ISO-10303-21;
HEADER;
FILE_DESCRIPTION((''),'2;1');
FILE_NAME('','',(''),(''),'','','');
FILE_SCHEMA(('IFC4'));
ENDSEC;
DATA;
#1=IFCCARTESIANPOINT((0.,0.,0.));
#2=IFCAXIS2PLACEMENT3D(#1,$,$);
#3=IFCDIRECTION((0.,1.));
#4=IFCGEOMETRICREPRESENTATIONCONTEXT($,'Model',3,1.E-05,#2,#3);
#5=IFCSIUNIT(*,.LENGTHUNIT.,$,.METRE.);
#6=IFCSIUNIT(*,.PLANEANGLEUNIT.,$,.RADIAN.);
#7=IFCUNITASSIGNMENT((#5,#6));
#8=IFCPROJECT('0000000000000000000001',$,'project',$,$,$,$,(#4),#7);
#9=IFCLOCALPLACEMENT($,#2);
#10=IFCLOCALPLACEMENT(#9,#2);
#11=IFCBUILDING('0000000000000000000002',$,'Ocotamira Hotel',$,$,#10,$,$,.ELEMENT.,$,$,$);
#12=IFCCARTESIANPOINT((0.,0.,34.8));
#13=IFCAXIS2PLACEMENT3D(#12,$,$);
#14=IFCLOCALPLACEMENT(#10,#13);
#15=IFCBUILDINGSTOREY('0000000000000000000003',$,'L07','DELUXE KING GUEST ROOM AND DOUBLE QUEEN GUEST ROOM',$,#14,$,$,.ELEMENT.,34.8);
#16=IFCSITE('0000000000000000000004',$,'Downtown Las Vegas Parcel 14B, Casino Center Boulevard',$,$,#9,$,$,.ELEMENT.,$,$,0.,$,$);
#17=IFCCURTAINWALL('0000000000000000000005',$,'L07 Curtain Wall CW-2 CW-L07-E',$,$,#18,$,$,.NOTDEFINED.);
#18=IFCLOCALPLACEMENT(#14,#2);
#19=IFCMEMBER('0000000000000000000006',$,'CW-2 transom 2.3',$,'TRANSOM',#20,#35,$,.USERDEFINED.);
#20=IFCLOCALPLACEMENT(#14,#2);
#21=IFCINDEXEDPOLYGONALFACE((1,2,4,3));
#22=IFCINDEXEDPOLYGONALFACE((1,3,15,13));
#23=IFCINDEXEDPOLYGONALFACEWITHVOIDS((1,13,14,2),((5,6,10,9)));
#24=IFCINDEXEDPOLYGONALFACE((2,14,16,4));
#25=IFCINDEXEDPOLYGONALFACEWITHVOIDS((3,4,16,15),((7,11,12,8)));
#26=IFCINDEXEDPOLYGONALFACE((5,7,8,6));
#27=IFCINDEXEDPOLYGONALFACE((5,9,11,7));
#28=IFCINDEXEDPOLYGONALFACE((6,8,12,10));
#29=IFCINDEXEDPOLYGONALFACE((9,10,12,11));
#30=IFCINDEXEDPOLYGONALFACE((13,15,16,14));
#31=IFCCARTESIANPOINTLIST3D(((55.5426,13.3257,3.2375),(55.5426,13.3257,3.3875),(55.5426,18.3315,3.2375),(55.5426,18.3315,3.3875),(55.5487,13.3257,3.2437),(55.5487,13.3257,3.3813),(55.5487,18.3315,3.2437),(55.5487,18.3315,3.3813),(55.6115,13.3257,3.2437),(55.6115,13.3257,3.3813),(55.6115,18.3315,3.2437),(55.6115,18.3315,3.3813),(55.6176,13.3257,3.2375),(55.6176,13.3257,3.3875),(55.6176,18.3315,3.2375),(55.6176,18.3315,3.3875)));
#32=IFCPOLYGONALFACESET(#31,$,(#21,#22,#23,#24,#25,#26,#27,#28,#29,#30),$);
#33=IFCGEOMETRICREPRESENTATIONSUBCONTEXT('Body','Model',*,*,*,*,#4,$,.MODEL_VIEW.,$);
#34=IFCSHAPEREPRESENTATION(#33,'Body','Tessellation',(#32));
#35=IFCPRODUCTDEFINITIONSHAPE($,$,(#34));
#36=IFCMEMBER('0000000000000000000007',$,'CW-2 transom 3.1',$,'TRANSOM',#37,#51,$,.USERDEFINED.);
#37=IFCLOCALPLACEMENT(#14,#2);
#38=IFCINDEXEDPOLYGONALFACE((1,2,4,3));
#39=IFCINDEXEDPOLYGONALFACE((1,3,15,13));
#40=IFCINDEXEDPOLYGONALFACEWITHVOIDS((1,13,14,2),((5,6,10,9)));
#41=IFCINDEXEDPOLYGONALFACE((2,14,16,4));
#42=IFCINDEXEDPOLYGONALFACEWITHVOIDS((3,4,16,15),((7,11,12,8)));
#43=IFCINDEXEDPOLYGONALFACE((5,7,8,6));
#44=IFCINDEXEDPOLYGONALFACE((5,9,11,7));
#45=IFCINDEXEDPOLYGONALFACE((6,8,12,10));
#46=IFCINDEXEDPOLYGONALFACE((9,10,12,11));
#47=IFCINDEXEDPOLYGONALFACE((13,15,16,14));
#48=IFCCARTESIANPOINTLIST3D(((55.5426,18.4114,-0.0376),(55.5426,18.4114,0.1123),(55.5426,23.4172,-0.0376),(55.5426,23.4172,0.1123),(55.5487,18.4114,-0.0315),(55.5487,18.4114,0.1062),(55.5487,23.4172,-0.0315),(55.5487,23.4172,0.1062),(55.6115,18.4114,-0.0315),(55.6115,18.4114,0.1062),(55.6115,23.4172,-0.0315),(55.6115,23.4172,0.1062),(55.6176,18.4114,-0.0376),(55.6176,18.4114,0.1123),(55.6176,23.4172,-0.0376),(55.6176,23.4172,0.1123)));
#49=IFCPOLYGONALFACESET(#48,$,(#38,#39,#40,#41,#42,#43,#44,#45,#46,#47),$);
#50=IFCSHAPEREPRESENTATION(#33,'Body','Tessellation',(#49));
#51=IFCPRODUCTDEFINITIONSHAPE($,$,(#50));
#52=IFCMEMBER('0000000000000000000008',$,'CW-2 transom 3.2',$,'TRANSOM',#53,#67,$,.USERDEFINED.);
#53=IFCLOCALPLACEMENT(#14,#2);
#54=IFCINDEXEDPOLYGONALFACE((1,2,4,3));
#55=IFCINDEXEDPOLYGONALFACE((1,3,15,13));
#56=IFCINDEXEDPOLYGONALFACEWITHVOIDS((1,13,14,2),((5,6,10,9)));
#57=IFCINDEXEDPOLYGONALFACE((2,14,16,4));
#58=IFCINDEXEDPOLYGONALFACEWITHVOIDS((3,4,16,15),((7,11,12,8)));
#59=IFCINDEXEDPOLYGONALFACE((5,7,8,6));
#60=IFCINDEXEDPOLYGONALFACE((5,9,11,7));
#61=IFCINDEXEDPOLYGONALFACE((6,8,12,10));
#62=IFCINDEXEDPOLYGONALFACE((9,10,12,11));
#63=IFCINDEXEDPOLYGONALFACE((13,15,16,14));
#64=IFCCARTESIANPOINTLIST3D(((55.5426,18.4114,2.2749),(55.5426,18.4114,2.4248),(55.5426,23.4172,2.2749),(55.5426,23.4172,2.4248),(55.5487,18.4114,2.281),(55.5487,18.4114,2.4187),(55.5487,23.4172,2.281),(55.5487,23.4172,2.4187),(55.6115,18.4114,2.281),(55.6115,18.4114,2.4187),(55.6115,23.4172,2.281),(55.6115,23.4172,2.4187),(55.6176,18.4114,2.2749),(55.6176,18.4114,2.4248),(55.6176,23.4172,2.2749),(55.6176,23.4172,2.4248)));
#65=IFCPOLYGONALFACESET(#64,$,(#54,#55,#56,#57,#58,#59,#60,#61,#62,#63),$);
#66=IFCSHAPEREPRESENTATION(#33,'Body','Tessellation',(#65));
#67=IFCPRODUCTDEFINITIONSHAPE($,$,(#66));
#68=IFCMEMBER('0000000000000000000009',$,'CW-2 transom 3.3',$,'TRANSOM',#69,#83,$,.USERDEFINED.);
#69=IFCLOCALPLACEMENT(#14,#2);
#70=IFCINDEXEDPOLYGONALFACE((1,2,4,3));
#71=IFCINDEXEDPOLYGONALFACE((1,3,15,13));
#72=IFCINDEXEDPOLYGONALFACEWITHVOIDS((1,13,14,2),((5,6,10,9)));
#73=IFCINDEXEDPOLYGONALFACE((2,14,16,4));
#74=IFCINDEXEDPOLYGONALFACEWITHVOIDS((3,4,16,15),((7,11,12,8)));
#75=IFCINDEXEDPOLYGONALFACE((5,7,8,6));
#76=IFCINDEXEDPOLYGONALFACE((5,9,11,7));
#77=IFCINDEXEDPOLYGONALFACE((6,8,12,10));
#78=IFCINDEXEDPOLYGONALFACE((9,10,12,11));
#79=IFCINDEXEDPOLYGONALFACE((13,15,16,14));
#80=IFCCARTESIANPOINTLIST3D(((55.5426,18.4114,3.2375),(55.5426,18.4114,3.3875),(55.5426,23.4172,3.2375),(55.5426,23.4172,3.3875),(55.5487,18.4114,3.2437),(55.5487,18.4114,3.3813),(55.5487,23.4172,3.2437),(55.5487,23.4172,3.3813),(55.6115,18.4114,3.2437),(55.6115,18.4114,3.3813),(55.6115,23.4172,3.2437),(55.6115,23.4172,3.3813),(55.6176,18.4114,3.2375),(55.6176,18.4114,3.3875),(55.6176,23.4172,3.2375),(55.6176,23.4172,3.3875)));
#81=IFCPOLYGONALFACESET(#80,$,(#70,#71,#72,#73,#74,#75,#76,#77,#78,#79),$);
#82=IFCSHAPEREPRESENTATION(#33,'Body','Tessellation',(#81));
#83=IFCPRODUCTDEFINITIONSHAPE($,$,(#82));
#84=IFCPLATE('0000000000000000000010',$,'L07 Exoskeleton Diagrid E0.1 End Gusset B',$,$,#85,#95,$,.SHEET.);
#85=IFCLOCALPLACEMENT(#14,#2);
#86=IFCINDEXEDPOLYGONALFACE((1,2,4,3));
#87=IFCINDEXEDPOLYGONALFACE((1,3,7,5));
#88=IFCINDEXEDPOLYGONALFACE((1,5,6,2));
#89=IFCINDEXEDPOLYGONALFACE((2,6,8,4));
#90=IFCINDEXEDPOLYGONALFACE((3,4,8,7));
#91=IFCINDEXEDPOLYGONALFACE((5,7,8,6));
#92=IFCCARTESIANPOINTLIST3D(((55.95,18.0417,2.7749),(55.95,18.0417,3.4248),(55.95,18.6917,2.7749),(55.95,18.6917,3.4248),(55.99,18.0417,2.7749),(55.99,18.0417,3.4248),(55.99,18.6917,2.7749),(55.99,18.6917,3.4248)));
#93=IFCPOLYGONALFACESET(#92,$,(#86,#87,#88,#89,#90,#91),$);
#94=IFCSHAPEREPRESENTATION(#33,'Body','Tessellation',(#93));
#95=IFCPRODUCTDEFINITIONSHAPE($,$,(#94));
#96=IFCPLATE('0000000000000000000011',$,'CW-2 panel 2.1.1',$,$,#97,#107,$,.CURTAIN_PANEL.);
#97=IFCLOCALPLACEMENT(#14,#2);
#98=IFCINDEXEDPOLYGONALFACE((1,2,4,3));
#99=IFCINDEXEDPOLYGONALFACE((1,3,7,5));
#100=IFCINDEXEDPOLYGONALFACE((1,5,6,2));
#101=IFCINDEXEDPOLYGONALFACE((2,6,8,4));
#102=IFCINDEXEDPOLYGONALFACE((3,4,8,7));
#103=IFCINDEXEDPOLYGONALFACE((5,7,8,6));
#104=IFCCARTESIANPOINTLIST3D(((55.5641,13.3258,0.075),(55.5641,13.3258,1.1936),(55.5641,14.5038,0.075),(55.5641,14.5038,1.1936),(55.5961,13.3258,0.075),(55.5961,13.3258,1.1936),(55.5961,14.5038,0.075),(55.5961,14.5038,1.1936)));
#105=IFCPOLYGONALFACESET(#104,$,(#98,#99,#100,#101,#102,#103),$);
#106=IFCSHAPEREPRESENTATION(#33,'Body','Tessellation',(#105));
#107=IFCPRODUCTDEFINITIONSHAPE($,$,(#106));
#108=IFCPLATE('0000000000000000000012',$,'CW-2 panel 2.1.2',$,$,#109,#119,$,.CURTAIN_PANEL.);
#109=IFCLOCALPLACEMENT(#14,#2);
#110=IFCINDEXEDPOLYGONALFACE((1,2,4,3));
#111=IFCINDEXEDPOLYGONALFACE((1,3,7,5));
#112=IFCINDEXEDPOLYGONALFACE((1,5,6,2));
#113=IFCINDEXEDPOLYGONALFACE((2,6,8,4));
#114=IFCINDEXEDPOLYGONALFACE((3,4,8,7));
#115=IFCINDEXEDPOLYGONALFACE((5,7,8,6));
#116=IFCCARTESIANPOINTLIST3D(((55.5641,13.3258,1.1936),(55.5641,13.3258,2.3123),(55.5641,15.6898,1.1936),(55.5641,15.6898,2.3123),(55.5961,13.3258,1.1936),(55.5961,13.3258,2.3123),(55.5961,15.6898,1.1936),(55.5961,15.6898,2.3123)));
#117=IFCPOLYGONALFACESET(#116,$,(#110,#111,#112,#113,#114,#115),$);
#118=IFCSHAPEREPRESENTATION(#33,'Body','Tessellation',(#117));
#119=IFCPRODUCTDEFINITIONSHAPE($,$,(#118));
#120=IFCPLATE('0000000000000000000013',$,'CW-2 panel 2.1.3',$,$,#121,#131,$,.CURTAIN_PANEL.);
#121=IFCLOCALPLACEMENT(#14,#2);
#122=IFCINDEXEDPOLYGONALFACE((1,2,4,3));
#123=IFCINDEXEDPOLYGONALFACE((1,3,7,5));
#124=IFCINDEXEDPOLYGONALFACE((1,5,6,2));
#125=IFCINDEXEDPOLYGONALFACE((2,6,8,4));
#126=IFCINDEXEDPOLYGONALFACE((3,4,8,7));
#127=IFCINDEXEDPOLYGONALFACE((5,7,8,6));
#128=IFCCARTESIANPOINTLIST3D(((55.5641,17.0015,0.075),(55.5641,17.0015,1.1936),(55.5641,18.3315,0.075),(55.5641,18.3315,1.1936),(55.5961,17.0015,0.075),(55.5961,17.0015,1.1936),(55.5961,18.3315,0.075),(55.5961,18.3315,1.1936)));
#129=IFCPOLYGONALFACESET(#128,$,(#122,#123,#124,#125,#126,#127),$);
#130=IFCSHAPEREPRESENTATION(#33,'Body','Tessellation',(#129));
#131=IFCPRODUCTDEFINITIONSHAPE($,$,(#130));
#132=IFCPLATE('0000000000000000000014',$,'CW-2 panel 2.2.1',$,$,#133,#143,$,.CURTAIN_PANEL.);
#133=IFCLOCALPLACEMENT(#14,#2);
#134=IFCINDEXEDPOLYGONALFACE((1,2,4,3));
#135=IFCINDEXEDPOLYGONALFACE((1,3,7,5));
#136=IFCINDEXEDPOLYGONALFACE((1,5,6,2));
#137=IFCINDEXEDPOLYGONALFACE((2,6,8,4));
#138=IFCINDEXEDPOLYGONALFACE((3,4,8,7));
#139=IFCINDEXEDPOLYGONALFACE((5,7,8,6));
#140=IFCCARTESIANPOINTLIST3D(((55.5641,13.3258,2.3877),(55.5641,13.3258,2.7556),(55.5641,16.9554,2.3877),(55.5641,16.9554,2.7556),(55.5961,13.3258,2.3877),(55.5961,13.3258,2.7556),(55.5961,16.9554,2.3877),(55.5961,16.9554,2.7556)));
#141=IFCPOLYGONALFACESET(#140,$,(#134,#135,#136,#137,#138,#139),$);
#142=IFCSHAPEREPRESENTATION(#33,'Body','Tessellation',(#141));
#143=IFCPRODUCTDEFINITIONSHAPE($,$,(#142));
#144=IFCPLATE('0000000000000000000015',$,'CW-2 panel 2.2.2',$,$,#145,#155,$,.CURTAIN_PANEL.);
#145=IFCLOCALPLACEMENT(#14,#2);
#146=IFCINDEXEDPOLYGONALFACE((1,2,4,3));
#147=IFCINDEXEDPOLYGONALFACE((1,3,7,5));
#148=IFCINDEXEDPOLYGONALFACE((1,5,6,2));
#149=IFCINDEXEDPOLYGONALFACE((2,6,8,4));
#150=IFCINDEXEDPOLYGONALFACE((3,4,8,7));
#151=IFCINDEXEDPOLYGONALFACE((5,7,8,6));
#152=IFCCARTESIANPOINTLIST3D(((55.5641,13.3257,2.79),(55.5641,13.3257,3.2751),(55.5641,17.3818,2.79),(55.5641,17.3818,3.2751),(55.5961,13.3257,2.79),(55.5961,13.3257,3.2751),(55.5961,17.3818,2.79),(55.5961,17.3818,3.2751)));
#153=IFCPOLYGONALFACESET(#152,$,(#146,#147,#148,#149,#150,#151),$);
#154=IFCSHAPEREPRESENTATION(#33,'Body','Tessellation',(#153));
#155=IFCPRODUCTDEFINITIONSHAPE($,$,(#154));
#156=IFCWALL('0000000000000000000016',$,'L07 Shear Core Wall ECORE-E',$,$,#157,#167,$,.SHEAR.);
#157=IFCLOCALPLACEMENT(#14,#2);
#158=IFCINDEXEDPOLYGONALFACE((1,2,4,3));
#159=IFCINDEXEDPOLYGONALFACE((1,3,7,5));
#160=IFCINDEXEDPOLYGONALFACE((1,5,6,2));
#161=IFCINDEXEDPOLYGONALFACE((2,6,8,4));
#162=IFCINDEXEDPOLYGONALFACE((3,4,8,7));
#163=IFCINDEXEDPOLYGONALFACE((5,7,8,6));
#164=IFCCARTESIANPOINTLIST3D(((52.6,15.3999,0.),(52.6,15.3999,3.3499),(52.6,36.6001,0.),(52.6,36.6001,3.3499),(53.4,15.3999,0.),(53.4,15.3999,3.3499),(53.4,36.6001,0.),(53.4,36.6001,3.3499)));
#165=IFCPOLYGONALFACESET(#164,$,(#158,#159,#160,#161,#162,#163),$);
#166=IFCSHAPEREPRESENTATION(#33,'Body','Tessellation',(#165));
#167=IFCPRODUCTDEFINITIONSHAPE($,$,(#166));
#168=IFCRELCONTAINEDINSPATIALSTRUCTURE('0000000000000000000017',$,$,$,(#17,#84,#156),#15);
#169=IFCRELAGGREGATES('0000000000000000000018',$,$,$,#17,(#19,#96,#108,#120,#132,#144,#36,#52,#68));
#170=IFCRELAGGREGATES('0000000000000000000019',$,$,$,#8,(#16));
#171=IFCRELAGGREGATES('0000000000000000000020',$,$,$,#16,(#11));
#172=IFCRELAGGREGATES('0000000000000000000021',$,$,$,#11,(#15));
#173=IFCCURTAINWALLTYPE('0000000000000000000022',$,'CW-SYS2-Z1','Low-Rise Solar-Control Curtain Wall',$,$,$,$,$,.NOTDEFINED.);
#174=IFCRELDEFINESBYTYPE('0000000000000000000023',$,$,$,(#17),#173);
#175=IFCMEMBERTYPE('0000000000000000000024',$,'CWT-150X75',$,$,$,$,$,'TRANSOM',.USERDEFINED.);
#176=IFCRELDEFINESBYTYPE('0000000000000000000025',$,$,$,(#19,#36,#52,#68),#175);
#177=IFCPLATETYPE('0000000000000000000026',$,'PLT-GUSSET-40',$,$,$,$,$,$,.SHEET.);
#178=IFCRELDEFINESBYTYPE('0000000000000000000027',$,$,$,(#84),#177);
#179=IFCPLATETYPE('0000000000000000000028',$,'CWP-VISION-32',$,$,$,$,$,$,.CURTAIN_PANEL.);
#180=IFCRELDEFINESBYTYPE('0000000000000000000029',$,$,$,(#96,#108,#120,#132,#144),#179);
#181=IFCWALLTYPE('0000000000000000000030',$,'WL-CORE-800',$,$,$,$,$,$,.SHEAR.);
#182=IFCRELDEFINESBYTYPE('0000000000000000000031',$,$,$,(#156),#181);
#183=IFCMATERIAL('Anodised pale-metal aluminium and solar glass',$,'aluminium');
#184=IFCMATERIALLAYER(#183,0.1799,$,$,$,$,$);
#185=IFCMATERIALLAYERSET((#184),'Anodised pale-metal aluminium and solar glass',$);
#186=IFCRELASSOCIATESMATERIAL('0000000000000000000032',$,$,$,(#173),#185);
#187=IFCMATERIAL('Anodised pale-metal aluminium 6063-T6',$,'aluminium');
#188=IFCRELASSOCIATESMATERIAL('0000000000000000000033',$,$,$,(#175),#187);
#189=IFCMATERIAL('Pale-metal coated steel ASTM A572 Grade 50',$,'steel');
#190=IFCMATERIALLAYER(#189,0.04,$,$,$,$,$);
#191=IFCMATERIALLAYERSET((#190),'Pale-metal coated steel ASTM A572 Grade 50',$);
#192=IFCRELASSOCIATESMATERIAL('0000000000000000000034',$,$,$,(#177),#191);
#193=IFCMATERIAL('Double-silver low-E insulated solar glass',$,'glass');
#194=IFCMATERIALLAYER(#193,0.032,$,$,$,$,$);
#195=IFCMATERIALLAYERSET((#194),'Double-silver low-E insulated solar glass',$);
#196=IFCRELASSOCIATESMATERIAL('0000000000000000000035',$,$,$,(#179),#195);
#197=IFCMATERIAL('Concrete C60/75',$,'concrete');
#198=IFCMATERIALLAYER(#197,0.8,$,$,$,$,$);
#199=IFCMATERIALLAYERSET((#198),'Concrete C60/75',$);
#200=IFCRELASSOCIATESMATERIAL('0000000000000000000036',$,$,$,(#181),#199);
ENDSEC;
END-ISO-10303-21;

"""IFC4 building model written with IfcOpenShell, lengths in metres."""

from ifc_helpers import new_model, si_unit, direction, frame, frame_2d, origin, origin_2d, place, context, subcontext, project, spatial, rectangle, hollow_rectangle, extrude, source, transform, mapped, material, layer, layer_set, material_profile, profile_set, type_object, element, aggregate, save


model = new_model("IFC4")

# Units and contexts
model_context = context("Model", 3, precision=1e-05, world=origin(), true_north=direction((0.0, 1.0)))
body_context = subcontext(model_context, "Body", "Model", "MODEL_VIEW")
ifc_project = project(units=[si_unit("LENGTHUNIT", "METRE"), si_unit("PLANEANGLEUNIT", "RADIAN")], contexts=[model_context])

# Site, building, storey
site_placement = place(None, origin())
site = spatial("IfcSite", under=ifc_project, at=site_placement, Name="Downtown Las Vegas Parcel 14B, Casino Center Boulevard", CompositionType="ELEMENT", RefElevation=0.0)
building_placement = place(site_placement, origin())
building = spatial("IfcBuilding", under=site, at=building_placement, Name="Ocotamira Hotel", CompositionType="ELEMENT")
storey_placement = place(building_placement, frame((0.0, 0.0, 34.8)))
storey = spatial("IfcBuildingStorey", under=building, at=storey_placement, Name="L07", Description="DELUXE KING GUEST ROOM AND DOUBLE QUEEN GUEST ROOM", CompositionType="ELEMENT", Elevation=34.8)

# Curtain wall, members
ifc_material_1 = material(Name="Anodised pale-metal aluminium and solar glass", Category="aluminium")
ifc_layer_1 = layer(ifc_material_1, 0.1799)
ifc_layer_set_1 = layer_set([ifc_layer_1], Name="Anodised pale-metal aluminium and solar glass")
curtain_wall_type = type_object("IfcCurtainWallType", Name="CW-SYS2-Z1", Description="Low-Rise Solar-Control Curtain Wall", PredefinedType="NOTDEFINED", material=ifc_layer_set_1)
curtain_wall_placement = place(storey_placement, origin())
curtain_wall = element("IfcCurtainWall", 1, at=curtain_wall_placement, inside=storey, type_object=curtain_wall_type, Name="L07 Curtain Wall CW-2 CW-L07-E", PredefinedType="NOTDEFINED")
ifc_material_2 = material(Name="Anodised pale-metal aluminium 6063-T6", Category="aluminium")
ifc_material_profile_1 = material_profile(ifc_material_2, hollow_rectangle(XDim=0.075, YDim=0.1499, WallThickness=0.0061, at=origin_2d()), Name="HSS150X75X6")
ifc_profile_set_1 = profile_set([ifc_material_profile_1], Name="Anodised pale-metal aluminium 6063-T6")
member_type_1 = type_object("IfcMemberType", Name="CWT-150X75", ElementType="TRANSOM", PredefinedType="USERDEFINED", material=ifc_profile_set_1)
shared_shape_1 = source(origin(), body_context, "Body", "SweptSolid", [
    extrude(hollow_rectangle(XDim=0.075, YDim=0.1499, WallThickness=0.0061, at=origin_2d()), origin(), (0.0, 0.0, 1.0), 5.0059),
])
member_1_placement = place(storey_placement, frame((55.5801, 13.3257, 3.3125), z_axis=(0.0, 1.0, 0.0), x_axis=(-1.0, 0.0, 0.0)))
member_1 = element("IfcMember", 2, at=member_1_placement, type_object=member_type_1, Name="CW-2 transom 2.3", ObjectType="TRANSOM", PredefinedType="USERDEFINED", context=body_context, shape_type="MappedRepresentation", body=[
    mapped(shared_shape_1, transform((0.0, 0.0, 0.0), scale=1.0)),
])
member_2_placement = place(storey_placement, frame((55.5801, 18.4114, 0.0374), z_axis=(0.0, 1.0, 0.0), x_axis=(-1.0, 0.0, 0.0)))
member_2 = element("IfcMember", 3, at=member_2_placement, type_object=member_type_1, Name="CW-2 transom 3.1", ObjectType="TRANSOM", PredefinedType="USERDEFINED", context=body_context, shape_type="MappedRepresentation", body=[
    mapped(shared_shape_1, transform((0.0, 0.0, 0.0), scale=1.0)),
])
member_3_placement = place(storey_placement, frame((55.5801, 18.4114, 2.3499), z_axis=(0.0, 1.0, 0.0), x_axis=(-1.0, 0.0, 0.0)))
member_3 = element("IfcMember", 4, at=member_3_placement, type_object=member_type_1, Name="CW-2 transom 3.2", ObjectType="TRANSOM", PredefinedType="USERDEFINED", context=body_context, shape_type="MappedRepresentation", body=[
    mapped(shared_shape_1, transform((0.0, 0.0, 0.0), scale=1.0)),
])
member_4_placement = place(storey_placement, frame((55.5801, 18.4114, 3.3125), z_axis=(0.0, 1.0, 0.0), x_axis=(-1.0, 0.0, 0.0)))
member_4 = element("IfcMember", 5, at=member_4_placement, type_object=member_type_1, Name="CW-2 transom 3.3", ObjectType="TRANSOM", PredefinedType="USERDEFINED", context=body_context, shape_type="MappedRepresentation", body=[
    mapped(shared_shape_1, transform((0.0, 0.0, 0.0), scale=1.0)),
])

# Plates
ifc_material_3 = material(Name="Pale-metal coated steel ASTM A572 Grade 50", Category="steel")
ifc_layer_2 = layer(ifc_material_3, 0.04)
ifc_layer_set_2 = layer_set([ifc_layer_2], Name="Pale-metal coated steel ASTM A572 Grade 50")
plate_type_1 = type_object("IfcPlateType", Name="PLT-GUSSET-40", PredefinedType="SHEET", material=ifc_layer_set_2)
shared_shape_2 = source(origin(), body_context, "Body", "SweptSolid", [
    extrude(rectangle(XDim=0.04, YDim=0.6499, at=origin_2d()), origin(), (0.0, 0.0, 1.0), 0.6499),
])
plate_1_placement = place(storey_placement, frame((55.97, 18.3667, 2.7749), z_axis=(0.0, 0.0, 1.0), x_axis=(1.0, 0.0, 0.0)))
element("IfcPlate", 6, at=plate_1_placement, inside=storey, type_object=plate_type_1, Name="L07 Exoskeleton Diagrid E0.1 End Gusset B", PredefinedType="SHEET", context=body_context, shape_type="MappedRepresentation", body=[
    mapped(shared_shape_2, transform((0.0, 0.0, 0.0), scale=1.0)),
])
ifc_material_4 = material(Name="Double-silver low-E insulated solar glass", Category="glass")
ifc_layer_3 = layer(ifc_material_4, 0.032)
ifc_layer_set_3 = layer_set([ifc_layer_3], Name="Double-silver low-E insulated solar glass")
plate_type_2 = type_object("IfcPlateType", Name="CWP-VISION-32", PredefinedType="CURTAIN_PANEL", material=ifc_layer_set_3)
shared_shape_3 = source(origin(), body_context, "Body", "SweptSolid", [
    extrude(rectangle(XDim=1.178, YDim=0.032, at=origin_2d()), origin(), (0.0, 0.0, 1.0), 1.1187),
])
plate_2_placement = place(storey_placement, frame((55.5801, 13.9148, 0.075), z_axis=(0.0, 0.0, 1.0), x_axis=(0.0, 1.0, 0.0)))
plate_2 = element("IfcPlate", 7, at=plate_2_placement, type_object=plate_type_2, Name="CW-2 panel 2.1.1", PredefinedType="CURTAIN_PANEL", context=body_context, shape_type="MappedRepresentation", body=[
    mapped(shared_shape_3, transform((0.0, 0.0, 0.0), scale=1.0)),
])
shared_shape_4 = source(origin(), body_context, "Body", "SweptSolid", [
    extrude(rectangle(XDim=2.364, YDim=0.032, at=origin_2d()), origin(), (0.0, 0.0, 1.0), 1.1187),
])
plate_3_placement = place(storey_placement, frame((55.5801, 14.5078, 1.1936), z_axis=(0.0, 0.0, 1.0), x_axis=(0.0, 1.0, 0.0)))
plate_3 = element("IfcPlate", 8, at=plate_3_placement, type_object=plate_type_2, Name="CW-2 panel 2.1.2", PredefinedType="CURTAIN_PANEL", context=body_context, shape_type="MappedRepresentation", body=[
    mapped(shared_shape_4, transform((0.0, 0.0, 0.0), scale=1.0)),
])
shared_shape_5 = source(origin(), body_context, "Body", "SweptSolid", [
    extrude(rectangle(XDim=1.3301, YDim=0.032, at=origin_2d()), origin(), (0.0, 0.0, 1.0), 1.1187),
])
plate_4_placement = place(storey_placement, frame((55.5801, 17.6665, 0.075), z_axis=(0.0, 0.0, 1.0), x_axis=(0.0, 1.0, 0.0)))
plate_4 = element("IfcPlate", 9, at=plate_4_placement, type_object=plate_type_2, Name="CW-2 panel 2.1.3", PredefinedType="CURTAIN_PANEL", context=body_context, shape_type="MappedRepresentation", body=[
    mapped(shared_shape_5, transform((0.0, 0.0, 0.0), scale=1.0)),
])
shared_shape_6 = source(origin(), body_context, "Body", "SweptSolid", [
    extrude(rectangle(XDim=3.6296, YDim=0.032, at=origin_2d()), origin(), (0.0, 0.0, 1.0), 0.3679),
])
plate_5_placement = place(storey_placement, frame((55.5801, 15.1406, 2.3877), z_axis=(0.0, 0.0, 1.0), x_axis=(0.0, 1.0, 0.0)))
plate_5 = element("IfcPlate", 10, at=plate_5_placement, type_object=plate_type_2, Name="CW-2 panel 2.2.1", PredefinedType="CURTAIN_PANEL", context=body_context, shape_type="MappedRepresentation", body=[
    mapped(shared_shape_6, transform((0.0, 0.0, 0.0), scale=1.0)),
])
shared_shape_7 = source(origin(), body_context, "Body", "SweptSolid", [
    extrude(rectangle(XDim=4.0562, YDim=0.032, at=origin_2d()), origin(), (0.0, 0.0, 1.0), 0.4851),
])
plate_6_placement = place(storey_placement, frame((55.5801, 15.3538, 2.79), z_axis=(0.0, 0.0, 1.0), x_axis=(0.0, 1.0, 0.0)))
plate_6 = element("IfcPlate", 11, at=plate_6_placement, type_object=plate_type_2, Name="CW-2 panel 2.2.2", PredefinedType="CURTAIN_PANEL", context=body_context, shape_type="MappedRepresentation", body=[
    mapped(shared_shape_7, transform((0.0, 0.0, 0.0), scale=1.0)),
])
aggregate(curtain_wall, [member_1, plate_2, plate_3, plate_4, plate_5, plate_6, member_2, member_3, member_4])

# Wall
ifc_material_5 = material(Name="Concrete C60/75", Category="concrete")
ifc_layer_4 = layer(ifc_material_5, 0.8)
ifc_layer_set_4 = layer_set([ifc_layer_4], Name="Concrete C60/75")
wall_type_1 = type_object("IfcWallType", Name="WL-CORE-800", PredefinedType="SHEAR", material=ifc_layer_set_4)
wall_1_placement = place(storey_placement, frame((53.0, 15.3999, 0.0), z_axis=(0.0, 0.0, 1.0), x_axis=(0.0, 1.0, 0.0)))
element("IfcWall", 12, at=wall_1_placement, inside=storey, type_object=wall_type_1, Name="L07 Shear Core Wall ECORE-E", PredefinedType="SHEAR", context=body_context, shape_type="SweptSolid", body=[
    extrude(rectangle(XDim=21.2002, YDim=0.8, at=frame_2d((10.6001, 0.0))), origin(), (0.0, 0.0, 1.0), 3.3499),
])

save(model, "model.ifc")
